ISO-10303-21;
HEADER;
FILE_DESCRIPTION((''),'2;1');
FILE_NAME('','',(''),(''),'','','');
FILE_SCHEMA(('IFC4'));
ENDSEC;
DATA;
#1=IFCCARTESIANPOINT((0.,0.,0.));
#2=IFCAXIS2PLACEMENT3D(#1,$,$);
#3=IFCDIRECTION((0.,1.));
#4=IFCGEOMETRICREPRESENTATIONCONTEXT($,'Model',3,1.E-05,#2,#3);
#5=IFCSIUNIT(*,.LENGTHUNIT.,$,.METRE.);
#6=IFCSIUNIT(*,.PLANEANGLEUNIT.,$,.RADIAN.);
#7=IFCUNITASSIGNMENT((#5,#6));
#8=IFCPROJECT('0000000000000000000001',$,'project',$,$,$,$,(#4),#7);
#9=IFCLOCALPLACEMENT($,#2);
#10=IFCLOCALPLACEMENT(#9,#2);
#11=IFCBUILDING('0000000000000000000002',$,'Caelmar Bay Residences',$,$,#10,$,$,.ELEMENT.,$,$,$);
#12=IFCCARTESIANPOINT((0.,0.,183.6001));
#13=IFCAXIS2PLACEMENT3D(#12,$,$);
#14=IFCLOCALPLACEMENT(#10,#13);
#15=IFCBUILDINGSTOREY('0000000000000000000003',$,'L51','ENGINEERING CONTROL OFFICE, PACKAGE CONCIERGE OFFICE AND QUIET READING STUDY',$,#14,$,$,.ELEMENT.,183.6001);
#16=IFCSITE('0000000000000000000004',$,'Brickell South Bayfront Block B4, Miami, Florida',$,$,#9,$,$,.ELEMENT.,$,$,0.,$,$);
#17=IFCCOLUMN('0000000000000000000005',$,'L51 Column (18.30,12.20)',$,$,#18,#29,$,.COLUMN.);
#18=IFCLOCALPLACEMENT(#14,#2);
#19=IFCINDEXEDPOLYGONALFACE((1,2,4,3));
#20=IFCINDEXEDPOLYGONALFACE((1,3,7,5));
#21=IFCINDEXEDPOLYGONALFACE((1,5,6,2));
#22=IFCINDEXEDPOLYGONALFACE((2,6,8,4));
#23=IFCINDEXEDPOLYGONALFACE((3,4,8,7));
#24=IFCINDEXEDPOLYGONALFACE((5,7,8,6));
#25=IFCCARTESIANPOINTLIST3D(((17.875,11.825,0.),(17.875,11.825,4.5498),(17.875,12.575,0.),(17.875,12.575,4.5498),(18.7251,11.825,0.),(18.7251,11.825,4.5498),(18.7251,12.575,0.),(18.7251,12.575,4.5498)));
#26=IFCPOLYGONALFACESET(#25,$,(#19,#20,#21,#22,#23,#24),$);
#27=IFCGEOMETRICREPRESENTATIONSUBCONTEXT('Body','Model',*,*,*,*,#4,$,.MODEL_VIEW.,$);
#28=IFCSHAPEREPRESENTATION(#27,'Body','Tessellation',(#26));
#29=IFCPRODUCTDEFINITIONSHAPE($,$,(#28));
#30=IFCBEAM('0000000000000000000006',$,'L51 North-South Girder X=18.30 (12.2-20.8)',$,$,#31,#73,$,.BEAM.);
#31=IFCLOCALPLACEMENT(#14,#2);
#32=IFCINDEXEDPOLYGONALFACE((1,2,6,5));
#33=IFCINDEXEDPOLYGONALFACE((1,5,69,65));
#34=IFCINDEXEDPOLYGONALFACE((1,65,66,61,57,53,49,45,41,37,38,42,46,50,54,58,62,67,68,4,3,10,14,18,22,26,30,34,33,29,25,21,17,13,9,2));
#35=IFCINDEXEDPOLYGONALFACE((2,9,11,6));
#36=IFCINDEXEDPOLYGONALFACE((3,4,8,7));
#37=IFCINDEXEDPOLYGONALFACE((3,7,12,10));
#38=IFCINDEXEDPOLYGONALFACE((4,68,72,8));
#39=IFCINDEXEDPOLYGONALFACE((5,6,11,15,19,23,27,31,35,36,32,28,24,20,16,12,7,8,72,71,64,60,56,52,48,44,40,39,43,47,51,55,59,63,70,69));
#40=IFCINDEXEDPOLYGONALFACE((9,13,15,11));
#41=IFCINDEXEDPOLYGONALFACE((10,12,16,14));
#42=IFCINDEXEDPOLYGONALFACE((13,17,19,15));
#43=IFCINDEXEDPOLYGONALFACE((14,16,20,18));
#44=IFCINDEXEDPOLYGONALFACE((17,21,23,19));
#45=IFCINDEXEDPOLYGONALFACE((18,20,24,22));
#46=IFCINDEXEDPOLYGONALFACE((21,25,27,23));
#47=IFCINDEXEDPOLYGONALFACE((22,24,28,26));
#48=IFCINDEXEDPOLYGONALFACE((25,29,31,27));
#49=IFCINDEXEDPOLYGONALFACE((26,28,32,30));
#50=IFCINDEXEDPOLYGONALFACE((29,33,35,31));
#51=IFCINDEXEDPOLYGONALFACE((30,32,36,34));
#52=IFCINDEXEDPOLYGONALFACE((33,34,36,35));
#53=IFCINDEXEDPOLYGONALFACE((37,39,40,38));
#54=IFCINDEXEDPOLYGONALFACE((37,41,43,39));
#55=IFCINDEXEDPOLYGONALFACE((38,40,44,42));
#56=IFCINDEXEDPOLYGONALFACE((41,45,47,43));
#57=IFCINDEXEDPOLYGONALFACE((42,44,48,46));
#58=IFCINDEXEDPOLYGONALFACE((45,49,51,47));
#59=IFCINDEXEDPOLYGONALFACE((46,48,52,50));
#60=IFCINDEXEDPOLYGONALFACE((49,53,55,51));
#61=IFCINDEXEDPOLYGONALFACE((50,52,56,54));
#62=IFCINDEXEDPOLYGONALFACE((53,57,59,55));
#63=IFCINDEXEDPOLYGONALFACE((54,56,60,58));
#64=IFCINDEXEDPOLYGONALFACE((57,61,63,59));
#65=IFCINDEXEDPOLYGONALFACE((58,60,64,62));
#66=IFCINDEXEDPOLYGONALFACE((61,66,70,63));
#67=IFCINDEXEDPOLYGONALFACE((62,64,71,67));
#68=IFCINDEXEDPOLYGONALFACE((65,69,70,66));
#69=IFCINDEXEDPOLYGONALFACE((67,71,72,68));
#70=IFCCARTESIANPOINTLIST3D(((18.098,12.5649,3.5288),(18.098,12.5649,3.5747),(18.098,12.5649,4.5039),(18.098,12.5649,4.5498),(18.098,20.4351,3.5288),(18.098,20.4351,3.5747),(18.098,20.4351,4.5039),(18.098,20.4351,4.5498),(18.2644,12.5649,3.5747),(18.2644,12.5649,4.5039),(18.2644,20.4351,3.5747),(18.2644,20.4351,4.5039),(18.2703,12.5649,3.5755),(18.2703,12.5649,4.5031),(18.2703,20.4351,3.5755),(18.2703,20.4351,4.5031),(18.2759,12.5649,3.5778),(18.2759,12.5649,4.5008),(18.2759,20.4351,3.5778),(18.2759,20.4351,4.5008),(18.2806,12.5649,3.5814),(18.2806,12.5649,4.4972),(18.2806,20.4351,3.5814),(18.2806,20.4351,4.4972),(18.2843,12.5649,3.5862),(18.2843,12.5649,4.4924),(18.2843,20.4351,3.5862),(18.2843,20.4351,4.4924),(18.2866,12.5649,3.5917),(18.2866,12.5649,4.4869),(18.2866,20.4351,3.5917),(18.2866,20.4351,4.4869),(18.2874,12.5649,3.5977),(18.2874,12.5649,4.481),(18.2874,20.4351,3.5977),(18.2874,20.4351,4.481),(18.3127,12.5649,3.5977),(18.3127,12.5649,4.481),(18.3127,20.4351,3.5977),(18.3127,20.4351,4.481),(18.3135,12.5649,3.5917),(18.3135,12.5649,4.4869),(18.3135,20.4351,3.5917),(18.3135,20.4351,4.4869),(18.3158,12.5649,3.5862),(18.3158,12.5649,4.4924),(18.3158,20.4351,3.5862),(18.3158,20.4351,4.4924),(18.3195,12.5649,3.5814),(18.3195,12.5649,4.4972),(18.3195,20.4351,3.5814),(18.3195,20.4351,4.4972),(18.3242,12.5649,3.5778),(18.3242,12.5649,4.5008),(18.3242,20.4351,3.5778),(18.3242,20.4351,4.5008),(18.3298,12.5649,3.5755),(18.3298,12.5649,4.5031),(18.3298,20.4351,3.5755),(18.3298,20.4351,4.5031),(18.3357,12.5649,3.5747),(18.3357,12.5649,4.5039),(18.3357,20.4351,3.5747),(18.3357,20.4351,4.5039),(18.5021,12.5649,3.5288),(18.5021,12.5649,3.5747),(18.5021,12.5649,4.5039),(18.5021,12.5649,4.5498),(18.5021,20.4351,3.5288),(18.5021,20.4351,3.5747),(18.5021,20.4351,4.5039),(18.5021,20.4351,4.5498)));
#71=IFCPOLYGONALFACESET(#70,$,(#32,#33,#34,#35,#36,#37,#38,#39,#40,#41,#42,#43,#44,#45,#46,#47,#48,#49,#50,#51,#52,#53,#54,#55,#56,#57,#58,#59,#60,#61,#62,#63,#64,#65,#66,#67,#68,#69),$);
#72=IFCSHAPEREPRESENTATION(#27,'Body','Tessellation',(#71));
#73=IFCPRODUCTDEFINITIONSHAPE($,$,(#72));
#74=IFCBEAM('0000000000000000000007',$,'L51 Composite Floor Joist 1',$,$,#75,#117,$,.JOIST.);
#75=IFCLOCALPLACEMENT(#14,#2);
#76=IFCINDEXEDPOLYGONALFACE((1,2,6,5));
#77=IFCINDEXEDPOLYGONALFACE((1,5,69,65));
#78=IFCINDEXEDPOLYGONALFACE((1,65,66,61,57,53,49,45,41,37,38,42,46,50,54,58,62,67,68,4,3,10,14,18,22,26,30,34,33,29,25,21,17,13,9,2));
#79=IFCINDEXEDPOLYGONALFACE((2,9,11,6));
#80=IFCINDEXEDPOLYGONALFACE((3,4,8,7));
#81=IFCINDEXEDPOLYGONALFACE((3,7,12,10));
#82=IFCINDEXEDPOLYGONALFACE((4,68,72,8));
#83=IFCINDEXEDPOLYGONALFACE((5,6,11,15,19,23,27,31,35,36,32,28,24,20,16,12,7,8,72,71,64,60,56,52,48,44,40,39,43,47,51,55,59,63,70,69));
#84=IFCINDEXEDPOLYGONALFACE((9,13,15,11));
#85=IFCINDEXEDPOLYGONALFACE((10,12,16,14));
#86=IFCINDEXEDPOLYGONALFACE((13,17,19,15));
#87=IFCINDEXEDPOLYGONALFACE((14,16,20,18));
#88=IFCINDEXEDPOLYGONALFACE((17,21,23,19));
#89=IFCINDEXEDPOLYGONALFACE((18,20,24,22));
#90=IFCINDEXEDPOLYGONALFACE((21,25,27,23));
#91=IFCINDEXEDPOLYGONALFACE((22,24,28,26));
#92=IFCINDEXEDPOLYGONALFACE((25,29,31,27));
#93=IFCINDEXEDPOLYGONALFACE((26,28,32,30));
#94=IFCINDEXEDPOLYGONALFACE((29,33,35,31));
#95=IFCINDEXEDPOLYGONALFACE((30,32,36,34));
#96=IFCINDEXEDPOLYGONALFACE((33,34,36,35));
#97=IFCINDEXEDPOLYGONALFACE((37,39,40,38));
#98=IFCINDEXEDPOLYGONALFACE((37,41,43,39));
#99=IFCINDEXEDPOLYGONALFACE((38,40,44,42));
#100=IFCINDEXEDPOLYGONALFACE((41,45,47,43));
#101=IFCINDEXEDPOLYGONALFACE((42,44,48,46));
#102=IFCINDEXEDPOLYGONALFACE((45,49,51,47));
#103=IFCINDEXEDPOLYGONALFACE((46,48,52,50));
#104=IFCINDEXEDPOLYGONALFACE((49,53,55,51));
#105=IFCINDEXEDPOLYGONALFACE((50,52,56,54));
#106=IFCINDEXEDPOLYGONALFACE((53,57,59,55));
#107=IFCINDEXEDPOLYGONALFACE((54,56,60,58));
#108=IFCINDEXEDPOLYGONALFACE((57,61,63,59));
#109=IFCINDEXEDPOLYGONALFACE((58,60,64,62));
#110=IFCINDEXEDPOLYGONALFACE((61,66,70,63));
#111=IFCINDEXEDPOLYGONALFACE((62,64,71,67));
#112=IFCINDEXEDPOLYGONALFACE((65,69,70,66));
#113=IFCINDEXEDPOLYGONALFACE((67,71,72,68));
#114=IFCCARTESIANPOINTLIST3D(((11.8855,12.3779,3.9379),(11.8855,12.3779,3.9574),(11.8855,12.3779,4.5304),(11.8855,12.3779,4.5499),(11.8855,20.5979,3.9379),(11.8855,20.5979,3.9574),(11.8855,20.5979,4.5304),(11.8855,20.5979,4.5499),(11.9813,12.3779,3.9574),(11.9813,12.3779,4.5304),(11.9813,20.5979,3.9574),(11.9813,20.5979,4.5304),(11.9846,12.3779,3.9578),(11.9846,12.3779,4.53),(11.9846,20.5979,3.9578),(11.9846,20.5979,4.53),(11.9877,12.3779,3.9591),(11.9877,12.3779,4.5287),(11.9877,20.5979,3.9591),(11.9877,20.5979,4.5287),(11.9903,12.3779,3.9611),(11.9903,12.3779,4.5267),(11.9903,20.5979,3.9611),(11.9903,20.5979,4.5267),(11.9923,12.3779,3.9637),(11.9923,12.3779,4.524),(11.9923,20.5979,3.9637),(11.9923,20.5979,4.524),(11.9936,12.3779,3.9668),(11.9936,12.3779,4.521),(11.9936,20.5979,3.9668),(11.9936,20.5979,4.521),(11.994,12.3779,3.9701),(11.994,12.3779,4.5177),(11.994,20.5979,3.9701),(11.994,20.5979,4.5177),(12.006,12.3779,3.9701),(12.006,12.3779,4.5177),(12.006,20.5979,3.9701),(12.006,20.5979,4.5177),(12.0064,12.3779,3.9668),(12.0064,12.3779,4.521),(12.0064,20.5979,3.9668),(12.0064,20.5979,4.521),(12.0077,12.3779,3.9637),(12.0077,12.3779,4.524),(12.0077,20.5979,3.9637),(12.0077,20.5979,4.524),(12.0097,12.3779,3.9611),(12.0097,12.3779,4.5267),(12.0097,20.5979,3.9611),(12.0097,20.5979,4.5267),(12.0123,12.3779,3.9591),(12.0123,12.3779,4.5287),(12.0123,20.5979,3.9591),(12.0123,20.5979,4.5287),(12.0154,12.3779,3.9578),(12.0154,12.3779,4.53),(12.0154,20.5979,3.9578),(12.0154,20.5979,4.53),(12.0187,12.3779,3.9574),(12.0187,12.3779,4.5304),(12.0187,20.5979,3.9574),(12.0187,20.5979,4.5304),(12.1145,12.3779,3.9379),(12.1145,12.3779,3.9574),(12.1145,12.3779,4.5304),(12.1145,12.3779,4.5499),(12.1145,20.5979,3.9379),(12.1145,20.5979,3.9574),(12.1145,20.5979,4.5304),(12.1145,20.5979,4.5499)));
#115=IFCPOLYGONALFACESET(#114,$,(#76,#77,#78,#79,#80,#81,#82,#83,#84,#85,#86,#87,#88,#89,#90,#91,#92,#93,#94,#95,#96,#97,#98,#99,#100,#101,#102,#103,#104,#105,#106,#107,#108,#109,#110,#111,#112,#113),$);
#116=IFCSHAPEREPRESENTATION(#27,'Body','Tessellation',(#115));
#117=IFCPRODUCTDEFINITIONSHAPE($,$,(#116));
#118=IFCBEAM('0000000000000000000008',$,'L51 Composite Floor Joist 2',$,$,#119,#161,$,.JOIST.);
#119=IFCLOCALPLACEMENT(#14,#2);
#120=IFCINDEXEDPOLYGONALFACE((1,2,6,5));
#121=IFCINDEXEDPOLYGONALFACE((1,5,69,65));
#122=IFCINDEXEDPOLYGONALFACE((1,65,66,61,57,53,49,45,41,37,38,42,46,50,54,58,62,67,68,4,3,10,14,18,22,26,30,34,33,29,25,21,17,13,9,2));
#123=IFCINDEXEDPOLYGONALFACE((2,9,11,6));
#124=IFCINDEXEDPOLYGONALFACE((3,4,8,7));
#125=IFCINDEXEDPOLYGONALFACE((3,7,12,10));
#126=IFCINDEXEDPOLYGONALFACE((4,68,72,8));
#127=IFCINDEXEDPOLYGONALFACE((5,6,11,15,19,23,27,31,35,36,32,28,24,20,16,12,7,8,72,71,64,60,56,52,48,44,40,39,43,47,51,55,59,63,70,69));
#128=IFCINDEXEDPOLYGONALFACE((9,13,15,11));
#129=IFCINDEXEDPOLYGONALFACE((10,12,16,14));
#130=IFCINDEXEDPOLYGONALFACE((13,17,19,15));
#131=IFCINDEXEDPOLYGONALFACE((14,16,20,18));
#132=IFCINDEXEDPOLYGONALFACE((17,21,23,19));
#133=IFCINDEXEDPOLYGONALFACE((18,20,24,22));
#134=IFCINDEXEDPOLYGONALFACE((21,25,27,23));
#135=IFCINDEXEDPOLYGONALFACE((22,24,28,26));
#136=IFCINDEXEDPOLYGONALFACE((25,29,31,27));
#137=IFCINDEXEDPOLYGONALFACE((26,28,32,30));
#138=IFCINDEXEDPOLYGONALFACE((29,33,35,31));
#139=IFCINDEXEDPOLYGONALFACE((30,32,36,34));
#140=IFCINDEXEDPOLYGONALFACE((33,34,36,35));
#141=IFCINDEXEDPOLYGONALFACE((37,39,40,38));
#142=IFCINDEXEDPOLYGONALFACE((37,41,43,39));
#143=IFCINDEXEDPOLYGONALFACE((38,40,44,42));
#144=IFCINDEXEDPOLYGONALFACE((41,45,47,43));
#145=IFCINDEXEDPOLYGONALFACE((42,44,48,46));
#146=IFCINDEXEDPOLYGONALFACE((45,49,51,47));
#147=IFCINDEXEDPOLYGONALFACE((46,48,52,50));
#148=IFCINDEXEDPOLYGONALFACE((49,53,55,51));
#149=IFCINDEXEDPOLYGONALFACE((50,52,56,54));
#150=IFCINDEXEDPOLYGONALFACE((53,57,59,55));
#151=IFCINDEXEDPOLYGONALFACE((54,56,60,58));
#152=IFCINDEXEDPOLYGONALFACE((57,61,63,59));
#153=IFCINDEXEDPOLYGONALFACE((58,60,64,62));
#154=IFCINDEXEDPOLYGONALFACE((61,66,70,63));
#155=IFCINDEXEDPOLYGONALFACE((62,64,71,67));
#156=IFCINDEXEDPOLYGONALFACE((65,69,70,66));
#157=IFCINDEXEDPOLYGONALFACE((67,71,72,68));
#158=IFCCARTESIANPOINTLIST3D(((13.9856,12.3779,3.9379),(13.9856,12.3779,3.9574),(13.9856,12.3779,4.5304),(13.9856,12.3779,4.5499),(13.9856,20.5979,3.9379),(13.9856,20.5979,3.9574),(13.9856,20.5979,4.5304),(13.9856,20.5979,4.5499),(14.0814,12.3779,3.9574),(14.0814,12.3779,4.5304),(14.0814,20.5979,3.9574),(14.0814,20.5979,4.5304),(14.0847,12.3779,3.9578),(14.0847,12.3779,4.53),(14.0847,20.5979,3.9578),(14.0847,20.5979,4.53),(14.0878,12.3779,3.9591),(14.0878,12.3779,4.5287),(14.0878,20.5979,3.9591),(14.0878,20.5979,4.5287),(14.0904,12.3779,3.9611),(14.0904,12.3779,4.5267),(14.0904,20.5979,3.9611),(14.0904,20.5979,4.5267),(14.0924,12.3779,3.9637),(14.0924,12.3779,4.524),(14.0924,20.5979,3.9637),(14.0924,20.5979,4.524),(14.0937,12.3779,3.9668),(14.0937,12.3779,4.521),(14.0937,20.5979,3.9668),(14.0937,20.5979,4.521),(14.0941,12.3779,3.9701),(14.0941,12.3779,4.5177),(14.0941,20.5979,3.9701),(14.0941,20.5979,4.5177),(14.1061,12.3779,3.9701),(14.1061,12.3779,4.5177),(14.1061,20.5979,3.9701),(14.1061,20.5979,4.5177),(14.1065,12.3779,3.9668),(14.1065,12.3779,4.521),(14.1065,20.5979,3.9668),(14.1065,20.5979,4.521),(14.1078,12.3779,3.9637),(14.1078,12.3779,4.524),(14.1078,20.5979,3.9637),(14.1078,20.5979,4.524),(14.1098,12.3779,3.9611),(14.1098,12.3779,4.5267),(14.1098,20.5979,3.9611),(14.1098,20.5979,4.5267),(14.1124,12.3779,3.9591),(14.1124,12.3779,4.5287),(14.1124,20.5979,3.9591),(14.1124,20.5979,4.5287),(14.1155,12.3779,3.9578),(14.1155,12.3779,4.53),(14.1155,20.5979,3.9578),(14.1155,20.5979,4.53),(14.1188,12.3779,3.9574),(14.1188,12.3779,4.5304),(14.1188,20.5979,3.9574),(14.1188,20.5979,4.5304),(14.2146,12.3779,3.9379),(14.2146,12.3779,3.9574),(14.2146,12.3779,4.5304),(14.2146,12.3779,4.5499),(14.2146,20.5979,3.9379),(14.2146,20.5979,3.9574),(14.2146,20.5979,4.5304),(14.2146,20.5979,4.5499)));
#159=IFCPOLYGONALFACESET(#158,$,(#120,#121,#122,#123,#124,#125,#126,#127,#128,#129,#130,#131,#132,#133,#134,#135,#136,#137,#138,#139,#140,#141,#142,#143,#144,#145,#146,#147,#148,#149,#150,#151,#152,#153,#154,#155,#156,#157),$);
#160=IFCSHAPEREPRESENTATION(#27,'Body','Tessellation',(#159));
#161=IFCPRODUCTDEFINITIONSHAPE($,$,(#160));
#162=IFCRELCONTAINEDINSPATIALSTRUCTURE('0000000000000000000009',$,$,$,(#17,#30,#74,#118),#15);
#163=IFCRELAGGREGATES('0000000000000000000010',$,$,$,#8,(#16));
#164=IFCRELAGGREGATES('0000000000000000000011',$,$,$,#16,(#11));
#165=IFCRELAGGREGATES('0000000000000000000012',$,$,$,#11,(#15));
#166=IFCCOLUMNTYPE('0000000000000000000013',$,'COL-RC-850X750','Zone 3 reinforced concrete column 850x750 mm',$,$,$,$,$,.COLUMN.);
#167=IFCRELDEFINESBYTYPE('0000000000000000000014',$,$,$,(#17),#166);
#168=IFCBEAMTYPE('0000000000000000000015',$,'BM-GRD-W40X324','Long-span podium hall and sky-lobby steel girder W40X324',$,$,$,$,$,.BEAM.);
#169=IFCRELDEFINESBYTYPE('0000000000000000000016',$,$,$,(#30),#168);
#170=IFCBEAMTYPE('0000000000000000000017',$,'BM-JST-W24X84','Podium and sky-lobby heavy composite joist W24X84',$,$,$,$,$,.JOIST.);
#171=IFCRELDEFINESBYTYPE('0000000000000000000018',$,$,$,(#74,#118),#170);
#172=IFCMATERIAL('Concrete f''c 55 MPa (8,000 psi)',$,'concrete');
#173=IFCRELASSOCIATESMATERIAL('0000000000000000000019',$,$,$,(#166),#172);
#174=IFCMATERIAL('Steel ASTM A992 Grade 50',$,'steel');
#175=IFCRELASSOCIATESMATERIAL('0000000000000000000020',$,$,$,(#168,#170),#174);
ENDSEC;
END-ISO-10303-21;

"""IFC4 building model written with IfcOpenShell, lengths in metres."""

from ifc_helpers import new_model, si_unit, direction, frame, origin, origin_2d, place, context, subcontext, project, spatial, rectangle, i_section, extrude, material, material_profile, profile_set, type_object, element, save


model = new_model("IFC4")

# Units and contexts
model_context = context("Model", 3, precision=1e-05, world=origin(), true_north=direction((0.0, 1.0)))
body_context = subcontext(model_context, "Body", "Model", "MODEL_VIEW")
ifc_project = project(units=[si_unit("LENGTHUNIT", "METRE"), si_unit("PLANEANGLEUNIT", "RADIAN")], contexts=[model_context])

# Site, building, storey
site_placement = place(None, origin())
site = spatial("IfcSite", under=ifc_project, at=site_placement, Name="Brickell South Bayfront Block B4, Miami, Florida", CompositionType="ELEMENT", RefElevation=0.0)
building_placement = place(site_placement, origin())
building = spatial("IfcBuilding", under=site, at=building_placement, Name="Caelmar Bay Residences", CompositionType="ELEMENT")
storey_placement = place(building_placement, frame((0.0, 0.0, 183.6001)))
storey = spatial("IfcBuildingStorey", under=building, at=storey_placement, Name="L51", Description="ENGINEERING CONTROL OFFICE, PACKAGE CONCIERGE OFFICE AND QUIET READING STUDY", CompositionType="ELEMENT", Elevation=183.6001)

# Column
ifc_material_1 = material(Name="Concrete f'c 55 MPa (8,000 psi)", Category="concrete")
ifc_material_profile_1 = material_profile(ifc_material_1, rectangle(XDim=0.8501, YDim=0.75, at=origin_2d()), Name="RC-COL-850X750")
ifc_profile_set_1 = profile_set([ifc_material_profile_1], Name="Concrete f'c 55 MPa (8,000 psi)")
column_type = type_object("IfcColumnType", Name="COL-RC-850X750", Description="Zone 3 reinforced concrete column 850x750 mm", PredefinedType="COLUMN", material=ifc_profile_set_1)
column_placement = place(storey_placement, frame((18.3, 12.2, 0.0), z_axis=(0.0, 0.0, 1.0), x_axis=(1.0, 0.0, 0.0)))
element("IfcColumn", 1, at=column_placement, inside=storey, type_object=column_type, Name="L51 Column (18.30,12.20)", PredefinedType="COLUMN", context=body_context, shape_type="SweptSolid", body=[
    extrude(rectangle(XDim=0.8501, YDim=0.75, at=origin_2d()), origin(), (0.0, 0.0, 1.0), 4.5498),
])

# Beams
ifc_material_2 = material(Name="Steel ASTM A992 Grade 50", Category="steel")
ifc_material_profile_2 = material_profile(ifc_material_2, i_section(OverallWidth=0.4041, OverallDepth=1.021, WebThickness=0.0254, FlangeThickness=0.0459, FilletRadius=0.0229, at=origin_2d()), Name="W40X324")
ifc_profile_set_2 = profile_set([ifc_material_profile_2], Name="Steel ASTM A992 Grade 50")
beam_type_1 = type_object("IfcBeamType", Name="BM-GRD-W40X324", Description="Long-span podium hall and sky-lobby steel girder W40X324", PredefinedType="BEAM", material=ifc_profile_set_2)
beam_1_placement = place(storey_placement, frame((18.3, 12.5649, 4.0393), z_axis=(0.0, 1.0, 0.0), x_axis=(-1.0, 0.0, 0.0)))
element("IfcBeam", 2, at=beam_1_placement, inside=storey, type_object=beam_type_1, Name="L51 North-South Girder X=18.30 (12.2-20.8)", PredefinedType="BEAM", context=body_context, shape_type="SweptSolid", body=[
    extrude(i_section(OverallWidth=0.4041, OverallDepth=1.021, WebThickness=0.0254, FlangeThickness=0.0459, FilletRadius=0.0229, at=origin_2d()), origin(), (0.0, 0.0, 1.0), 7.8701),
])
ifc_material_profile_3 = material_profile(ifc_material_2, i_section(OverallWidth=0.229, OverallDepth=0.6121, WebThickness=0.012, FlangeThickness=0.0195, FilletRadius=0.0127, at=origin_2d()), Name="W24X84")
ifc_profile_set_3 = profile_set([ifc_material_profile_3], Name="Steel ASTM A992 Grade 50")
beam_type_2 = type_object("IfcBeamType", Name="BM-JST-W24X84", Description="Podium and sky-lobby heavy composite joist W24X84", PredefinedType="JOIST", material=ifc_profile_set_3)
for number, where, z_axis, x_axis, name in (
    (3, (12.0, 12.3779, 4.2439), (0.0, 1.0, 0.0), (-1.0, 0.0, 0.0), "L51 Composite Floor Joist 1"),
    (4, (14.1001, 12.3779, 4.2439), (0.0, 1.0, 0.0), (-1.0, 0.0, 0.0), "L51 Composite Floor Joist 2"),
):
    element("IfcBeam", number, at=place(storey_placement, frame(where, z_axis=z_axis, x_axis=x_axis)), inside=storey, type_object=beam_type_2, Name=name, PredefinedType="JOIST", context=body_context, shape_type="SweptSolid", body=[
        extrude(i_section(OverallWidth=0.229, OverallDepth=0.6121, WebThickness=0.012, FlangeThickness=0.0195, FilletRadius=0.0127, at=origin_2d()), origin(), (0.0, 0.0, 1.0), 8.22),
    ])

save(model, "model.ifc")
